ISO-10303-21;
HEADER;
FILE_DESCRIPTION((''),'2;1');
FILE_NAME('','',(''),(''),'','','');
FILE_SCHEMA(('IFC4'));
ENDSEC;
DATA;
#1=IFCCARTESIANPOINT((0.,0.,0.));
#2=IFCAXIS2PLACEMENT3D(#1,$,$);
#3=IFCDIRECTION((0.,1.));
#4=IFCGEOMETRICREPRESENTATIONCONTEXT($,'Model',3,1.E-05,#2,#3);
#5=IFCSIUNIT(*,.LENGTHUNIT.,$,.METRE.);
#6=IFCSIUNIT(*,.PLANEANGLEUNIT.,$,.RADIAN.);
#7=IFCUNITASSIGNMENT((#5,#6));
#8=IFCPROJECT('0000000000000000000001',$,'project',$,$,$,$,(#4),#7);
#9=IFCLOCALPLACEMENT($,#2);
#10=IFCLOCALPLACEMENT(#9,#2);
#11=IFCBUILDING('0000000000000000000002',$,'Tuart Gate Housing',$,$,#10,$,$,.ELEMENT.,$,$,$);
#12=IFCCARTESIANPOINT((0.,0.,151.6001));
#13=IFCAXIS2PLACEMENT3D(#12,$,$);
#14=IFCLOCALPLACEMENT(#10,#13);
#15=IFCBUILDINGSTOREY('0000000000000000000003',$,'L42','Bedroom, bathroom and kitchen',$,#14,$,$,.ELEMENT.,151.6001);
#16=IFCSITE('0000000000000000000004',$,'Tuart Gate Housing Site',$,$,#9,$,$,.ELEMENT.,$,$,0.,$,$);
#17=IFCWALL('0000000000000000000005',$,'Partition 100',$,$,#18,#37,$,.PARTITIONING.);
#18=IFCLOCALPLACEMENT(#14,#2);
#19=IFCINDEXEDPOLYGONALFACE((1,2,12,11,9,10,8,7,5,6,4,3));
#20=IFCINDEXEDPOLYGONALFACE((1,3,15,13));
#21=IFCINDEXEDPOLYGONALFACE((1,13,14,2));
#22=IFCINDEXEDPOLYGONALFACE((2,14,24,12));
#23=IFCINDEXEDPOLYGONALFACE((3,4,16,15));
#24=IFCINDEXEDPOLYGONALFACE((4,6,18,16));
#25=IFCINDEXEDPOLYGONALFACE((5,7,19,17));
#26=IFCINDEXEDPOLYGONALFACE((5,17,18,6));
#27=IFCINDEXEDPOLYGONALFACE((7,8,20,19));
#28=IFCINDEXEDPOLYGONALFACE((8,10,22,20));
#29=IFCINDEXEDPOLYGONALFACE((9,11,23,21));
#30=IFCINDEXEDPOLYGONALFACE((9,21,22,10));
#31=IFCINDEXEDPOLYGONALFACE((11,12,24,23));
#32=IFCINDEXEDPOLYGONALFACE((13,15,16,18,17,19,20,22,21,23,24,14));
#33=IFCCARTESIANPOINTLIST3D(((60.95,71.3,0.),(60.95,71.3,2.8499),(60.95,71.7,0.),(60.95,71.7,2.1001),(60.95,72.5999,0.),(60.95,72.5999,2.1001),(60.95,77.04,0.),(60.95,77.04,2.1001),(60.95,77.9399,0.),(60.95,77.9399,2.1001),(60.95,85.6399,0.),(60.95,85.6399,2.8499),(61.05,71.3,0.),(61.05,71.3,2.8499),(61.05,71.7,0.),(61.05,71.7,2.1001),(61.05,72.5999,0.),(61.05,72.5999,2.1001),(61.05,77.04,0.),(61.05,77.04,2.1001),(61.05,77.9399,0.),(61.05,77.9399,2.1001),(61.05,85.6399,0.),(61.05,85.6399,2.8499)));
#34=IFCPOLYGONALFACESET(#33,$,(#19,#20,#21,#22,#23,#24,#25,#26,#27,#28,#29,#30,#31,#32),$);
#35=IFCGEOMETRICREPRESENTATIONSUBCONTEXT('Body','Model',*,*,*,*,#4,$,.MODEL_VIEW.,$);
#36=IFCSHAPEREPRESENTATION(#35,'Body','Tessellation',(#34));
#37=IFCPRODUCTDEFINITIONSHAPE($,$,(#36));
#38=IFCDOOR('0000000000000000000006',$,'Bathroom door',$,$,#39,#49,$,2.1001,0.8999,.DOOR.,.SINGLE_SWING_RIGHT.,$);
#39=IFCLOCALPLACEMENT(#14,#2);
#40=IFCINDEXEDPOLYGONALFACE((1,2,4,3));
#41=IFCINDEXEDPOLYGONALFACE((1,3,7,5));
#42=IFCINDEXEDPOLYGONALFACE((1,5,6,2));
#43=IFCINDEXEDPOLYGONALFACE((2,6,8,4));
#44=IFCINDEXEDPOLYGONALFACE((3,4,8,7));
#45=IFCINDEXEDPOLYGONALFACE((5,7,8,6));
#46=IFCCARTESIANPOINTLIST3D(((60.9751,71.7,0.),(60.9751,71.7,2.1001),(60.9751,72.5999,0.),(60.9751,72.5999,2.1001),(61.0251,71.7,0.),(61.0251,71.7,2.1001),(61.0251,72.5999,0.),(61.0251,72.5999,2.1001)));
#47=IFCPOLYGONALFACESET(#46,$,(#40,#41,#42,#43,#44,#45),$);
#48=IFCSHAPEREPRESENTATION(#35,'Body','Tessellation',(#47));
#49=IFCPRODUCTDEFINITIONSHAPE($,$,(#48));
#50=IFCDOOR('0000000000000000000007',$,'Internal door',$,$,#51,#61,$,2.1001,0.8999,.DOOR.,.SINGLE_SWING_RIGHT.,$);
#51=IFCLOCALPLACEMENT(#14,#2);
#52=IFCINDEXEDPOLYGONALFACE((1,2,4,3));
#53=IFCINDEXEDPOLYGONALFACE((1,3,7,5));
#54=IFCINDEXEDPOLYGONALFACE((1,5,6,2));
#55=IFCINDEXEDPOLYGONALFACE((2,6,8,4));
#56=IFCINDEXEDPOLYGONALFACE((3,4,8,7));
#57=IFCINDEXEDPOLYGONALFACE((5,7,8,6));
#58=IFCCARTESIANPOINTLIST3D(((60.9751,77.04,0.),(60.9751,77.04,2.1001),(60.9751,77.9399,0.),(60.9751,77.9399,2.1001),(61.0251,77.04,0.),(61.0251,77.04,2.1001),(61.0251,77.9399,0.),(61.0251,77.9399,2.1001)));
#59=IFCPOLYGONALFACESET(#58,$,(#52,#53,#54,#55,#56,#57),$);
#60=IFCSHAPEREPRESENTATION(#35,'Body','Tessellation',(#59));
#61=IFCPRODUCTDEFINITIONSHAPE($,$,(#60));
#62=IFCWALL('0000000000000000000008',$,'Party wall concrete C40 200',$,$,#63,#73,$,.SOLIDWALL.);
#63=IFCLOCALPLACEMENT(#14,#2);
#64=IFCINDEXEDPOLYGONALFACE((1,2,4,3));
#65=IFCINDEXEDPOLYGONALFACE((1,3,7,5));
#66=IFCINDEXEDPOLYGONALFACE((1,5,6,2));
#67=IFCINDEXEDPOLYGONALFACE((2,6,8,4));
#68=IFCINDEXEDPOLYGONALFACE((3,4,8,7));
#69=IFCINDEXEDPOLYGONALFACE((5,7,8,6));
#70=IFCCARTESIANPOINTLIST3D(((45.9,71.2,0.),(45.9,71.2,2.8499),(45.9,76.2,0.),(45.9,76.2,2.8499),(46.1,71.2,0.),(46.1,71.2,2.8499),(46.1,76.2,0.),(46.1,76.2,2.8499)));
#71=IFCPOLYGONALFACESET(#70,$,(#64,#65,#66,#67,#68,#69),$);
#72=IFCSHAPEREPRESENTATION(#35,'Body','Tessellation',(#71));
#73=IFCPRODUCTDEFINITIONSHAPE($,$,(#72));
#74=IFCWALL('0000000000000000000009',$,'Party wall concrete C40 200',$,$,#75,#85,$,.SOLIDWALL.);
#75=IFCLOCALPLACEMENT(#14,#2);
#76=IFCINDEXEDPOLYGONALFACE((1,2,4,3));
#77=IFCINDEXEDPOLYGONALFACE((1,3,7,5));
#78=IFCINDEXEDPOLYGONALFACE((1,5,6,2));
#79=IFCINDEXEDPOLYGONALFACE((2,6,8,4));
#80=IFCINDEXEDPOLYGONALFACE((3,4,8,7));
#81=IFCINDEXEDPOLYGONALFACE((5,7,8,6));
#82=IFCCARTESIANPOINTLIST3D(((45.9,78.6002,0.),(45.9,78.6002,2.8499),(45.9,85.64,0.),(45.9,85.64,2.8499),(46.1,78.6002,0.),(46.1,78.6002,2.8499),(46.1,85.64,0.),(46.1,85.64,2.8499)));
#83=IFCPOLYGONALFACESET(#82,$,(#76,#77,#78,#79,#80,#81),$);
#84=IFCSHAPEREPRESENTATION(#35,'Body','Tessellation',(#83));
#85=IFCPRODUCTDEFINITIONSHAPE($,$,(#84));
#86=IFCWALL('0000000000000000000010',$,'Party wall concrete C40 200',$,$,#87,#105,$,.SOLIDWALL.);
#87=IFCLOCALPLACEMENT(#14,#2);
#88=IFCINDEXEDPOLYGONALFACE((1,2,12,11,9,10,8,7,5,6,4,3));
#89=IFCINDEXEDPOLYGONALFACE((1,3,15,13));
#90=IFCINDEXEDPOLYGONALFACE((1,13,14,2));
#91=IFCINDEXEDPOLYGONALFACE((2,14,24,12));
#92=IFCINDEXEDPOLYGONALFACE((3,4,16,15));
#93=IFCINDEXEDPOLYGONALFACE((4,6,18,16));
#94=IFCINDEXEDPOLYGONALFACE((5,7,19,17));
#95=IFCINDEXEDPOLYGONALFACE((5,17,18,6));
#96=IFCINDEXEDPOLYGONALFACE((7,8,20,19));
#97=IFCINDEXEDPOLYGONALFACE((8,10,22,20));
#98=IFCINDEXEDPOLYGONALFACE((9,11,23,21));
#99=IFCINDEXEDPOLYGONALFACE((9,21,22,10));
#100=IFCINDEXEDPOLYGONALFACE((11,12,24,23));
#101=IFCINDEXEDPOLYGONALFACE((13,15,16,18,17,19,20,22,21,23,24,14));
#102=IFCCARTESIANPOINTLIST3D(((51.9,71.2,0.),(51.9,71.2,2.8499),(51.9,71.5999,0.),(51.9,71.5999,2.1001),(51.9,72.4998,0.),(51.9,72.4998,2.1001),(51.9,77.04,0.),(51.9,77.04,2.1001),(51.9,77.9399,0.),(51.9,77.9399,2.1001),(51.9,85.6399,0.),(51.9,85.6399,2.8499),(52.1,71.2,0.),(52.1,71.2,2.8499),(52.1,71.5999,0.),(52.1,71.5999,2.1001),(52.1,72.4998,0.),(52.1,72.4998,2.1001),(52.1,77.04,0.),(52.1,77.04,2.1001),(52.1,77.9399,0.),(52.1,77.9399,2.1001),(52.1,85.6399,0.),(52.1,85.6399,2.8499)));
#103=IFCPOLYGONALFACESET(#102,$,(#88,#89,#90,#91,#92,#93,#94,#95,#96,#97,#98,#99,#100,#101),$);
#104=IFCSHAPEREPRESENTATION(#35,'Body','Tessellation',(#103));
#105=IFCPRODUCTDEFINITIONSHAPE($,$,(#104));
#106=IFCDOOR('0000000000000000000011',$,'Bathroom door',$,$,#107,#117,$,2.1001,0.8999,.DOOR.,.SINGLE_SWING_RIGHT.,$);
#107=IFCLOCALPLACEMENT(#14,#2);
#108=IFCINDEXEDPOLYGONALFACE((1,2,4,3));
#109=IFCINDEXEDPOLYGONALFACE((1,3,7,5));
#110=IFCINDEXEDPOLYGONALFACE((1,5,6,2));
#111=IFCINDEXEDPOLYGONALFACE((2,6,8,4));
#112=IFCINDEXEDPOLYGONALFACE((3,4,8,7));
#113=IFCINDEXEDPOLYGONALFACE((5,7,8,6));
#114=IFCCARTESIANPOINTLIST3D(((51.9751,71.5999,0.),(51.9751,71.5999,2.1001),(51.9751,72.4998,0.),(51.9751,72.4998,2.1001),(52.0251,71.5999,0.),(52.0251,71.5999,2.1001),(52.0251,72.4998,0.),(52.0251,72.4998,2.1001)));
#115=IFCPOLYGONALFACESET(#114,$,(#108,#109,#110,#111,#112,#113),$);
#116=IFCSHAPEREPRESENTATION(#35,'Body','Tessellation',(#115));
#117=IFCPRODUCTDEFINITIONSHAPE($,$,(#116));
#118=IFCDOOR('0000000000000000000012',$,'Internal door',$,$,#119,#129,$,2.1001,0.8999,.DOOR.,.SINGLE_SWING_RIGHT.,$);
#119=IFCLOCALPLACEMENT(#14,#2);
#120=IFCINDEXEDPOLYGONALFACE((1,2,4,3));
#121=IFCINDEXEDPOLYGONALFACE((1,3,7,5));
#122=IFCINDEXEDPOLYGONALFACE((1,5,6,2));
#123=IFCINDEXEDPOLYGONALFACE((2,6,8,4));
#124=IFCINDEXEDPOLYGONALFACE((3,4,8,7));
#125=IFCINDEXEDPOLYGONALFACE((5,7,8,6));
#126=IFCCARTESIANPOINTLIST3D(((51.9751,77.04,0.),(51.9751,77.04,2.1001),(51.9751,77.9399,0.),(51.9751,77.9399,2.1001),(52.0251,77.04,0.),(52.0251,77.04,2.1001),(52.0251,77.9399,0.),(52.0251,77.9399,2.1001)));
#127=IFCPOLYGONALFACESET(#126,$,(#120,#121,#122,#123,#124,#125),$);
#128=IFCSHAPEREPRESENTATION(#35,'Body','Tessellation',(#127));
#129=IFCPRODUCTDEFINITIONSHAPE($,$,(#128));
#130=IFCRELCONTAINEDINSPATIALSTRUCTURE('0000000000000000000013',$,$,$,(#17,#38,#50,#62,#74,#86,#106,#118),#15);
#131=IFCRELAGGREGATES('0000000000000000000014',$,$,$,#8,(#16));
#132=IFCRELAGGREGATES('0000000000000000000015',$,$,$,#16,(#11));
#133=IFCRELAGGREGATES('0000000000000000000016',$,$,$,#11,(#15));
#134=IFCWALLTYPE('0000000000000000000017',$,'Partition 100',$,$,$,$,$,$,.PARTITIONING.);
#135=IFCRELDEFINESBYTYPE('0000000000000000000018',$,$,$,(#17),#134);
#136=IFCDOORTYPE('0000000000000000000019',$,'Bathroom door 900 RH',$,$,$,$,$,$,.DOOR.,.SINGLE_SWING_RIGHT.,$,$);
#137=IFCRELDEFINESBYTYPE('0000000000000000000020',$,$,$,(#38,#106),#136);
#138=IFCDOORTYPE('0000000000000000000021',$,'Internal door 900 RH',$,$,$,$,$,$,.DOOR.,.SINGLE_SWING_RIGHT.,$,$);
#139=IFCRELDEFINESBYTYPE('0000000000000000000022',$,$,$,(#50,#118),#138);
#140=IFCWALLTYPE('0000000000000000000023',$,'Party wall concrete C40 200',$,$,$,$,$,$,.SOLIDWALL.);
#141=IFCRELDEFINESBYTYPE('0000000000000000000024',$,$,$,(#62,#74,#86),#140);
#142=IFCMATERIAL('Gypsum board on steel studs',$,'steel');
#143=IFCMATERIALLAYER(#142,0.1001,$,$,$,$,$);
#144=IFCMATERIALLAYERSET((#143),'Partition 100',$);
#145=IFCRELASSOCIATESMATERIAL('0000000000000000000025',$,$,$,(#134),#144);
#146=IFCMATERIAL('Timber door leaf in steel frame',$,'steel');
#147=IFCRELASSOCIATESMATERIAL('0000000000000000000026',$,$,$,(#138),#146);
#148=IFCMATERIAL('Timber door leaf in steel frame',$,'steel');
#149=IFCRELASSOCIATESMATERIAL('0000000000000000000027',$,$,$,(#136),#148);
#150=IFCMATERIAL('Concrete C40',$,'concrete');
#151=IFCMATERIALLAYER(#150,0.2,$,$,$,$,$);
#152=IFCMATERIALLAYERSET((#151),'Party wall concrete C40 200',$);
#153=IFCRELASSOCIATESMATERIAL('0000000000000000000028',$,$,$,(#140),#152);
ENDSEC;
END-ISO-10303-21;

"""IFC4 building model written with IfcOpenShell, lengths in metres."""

from ifc_helpers import new_model, si_unit, direction, frame, frame_2d, origin, place, context, subcontext, project, spatial, rectangle, extrude, material, layer, layer_set, type_object, element, fill, save


model = new_model("IFC4")

# Units and contexts
model_context = context("Model", 3, precision=1e-05, world=origin(), true_north=direction((0.0, 1.0)))
body_context = subcontext(model_context, "Body", "Model", "MODEL_VIEW")
ifc_project = project(units=[si_unit("LENGTHUNIT", "METRE"), si_unit("PLANEANGLEUNIT", "RADIAN")], contexts=[model_context])

# Site, building, storey
site_placement = place(None, origin())
site = spatial("IfcSite", under=ifc_project, at=site_placement, Name="Tuart Gate Housing Site", CompositionType="ELEMENT", RefElevation=0.0)
building_placement = place(site_placement, origin())
building = spatial("IfcBuilding", under=site, at=building_placement, Name="Tuart Gate Housing", CompositionType="ELEMENT")
storey_placement = place(building_placement, frame((0.0, 0.0, 151.6001)))
storey = spatial("IfcBuildingStorey", under=building, at=storey_placement, Name="L42", Description="Bedroom, bathroom and kitchen", CompositionType="ELEMENT", Elevation=151.6001)

# Shared definitions
ifc_material_1 = material(Name="Gypsum board on steel studs", Category="steel")
ifc_layer_1 = layer(ifc_material_1, 0.1001)
ifc_layer_set_1 = layer_set([ifc_layer_1], Name="Partition 100")
wall_type_1 = type_object("IfcWallType", Name="Partition 100", PredefinedType="PARTITIONING", material=ifc_layer_set_1)

# Shared definitions
ifc_material_2 = material(Name="Timber door leaf in steel frame", Category="steel")
door_type_1 = type_object("IfcDoorType", Name="Internal door 900 RH", OperationType="SINGLE_SWING_RIGHT", PredefinedType="DOOR", material=ifc_material_2)

# Wall, openings, doors
wall_1_placement = place(storey_placement, frame((61.0, 71.3, 0.0), z_axis=(0.0, 0.0, 1.0), x_axis=(0.0, 1.0, 0.0)))
wall_1 = element("IfcWall", 1, at=wall_1_placement, inside=storey, type_object=wall_type_1, Name="Partition 100", PredefinedType="PARTITIONING", context=body_context, shape_type="SweptSolid", body=[
    extrude(rectangle(XDim=14.3398, YDim=0.1001, at=frame_2d((7.1699, 0.0))), origin(), (0.0, 0.0, 1.0), 2.8499),
])
opening_1_placement = place(wall_1_placement, frame((5.74, 0.0, 0.0)))
opening_1 = element("IfcOpeningElement", 2, at=opening_1_placement, cuts=wall_1, PredefinedType="OPENING", context=body_context, shape_type="SweptSolid", body=[
    extrude(rectangle(XDim=0.8999, YDim=2.1001, at=frame_2d((0.45, 1.05))), frame((0.0, 0.0601, 0.0), z_axis=(0.0, -1.0, 0.0), x_axis=(1.0, 0.0, 0.0)), (0.0, 0.0, 1.0), 0.1201),
])
opening_2_placement = place(wall_1_placement, frame((0.3999, 0.0, 0.0)))
opening_2 = element("IfcOpeningElement", 3, at=opening_2_placement, cuts=wall_1, PredefinedType="OPENING", context=body_context, shape_type="SweptSolid", body=[
    extrude(rectangle(XDim=0.8999, YDim=2.1001, at=frame_2d((0.45, 1.05))), frame((0.0, 0.0601, 0.0), z_axis=(0.0, -1.0, 0.0), x_axis=(1.0, 0.0, 0.0)), (0.0, 0.0, 1.0), 0.1201),
])
ifc_material_3 = material(Name="Timber door leaf in steel frame", Category="steel")
door_type_2 = type_object("IfcDoorType", Name="Bathroom door 900 RH", OperationType="SINGLE_SWING_RIGHT", PredefinedType="DOOR", material=ifc_material_3)
door_1_placement = place(opening_2_placement, frame((0.8999, 0.0, 0.0), z_axis=(0.0, 0.0, 1.0), x_axis=(-1.0, 0.0, 0.0)))
door_1 = element("IfcDoor", 4, at=door_1_placement, inside=storey, type_object=door_type_2, Name="Bathroom door", OperationType="SINGLE_SWING_RIGHT", OverallHeight=2.1001, OverallWidth=0.8999, PredefinedType="DOOR", context=body_context, shape_type="SweptSolid", body=[
    extrude(rectangle(XDim=0.8999, YDim=2.1001, at=frame_2d((0.45, 1.05))), frame((0.0, 0.0251, 0.0), z_axis=(0.0, -1.0, 0.0), x_axis=(1.0, 0.0, 0.0)), (0.0, 0.0, 1.0), 0.05),
])
fill(opening_2, door_1)
door_2_placement = place(opening_1_placement, frame((0.8999, 0.0, 0.0), z_axis=(0.0, 0.0, 1.0), x_axis=(-1.0, 0.0, 0.0)))
door_2 = element("IfcDoor", 5, at=door_2_placement, inside=storey, type_object=door_type_1, Name="Internal door", OperationType="SINGLE_SWING_RIGHT", OverallHeight=2.1001, OverallWidth=0.8999, PredefinedType="DOOR", context=body_context, shape_type="SweptSolid", body=[
    extrude(rectangle(XDim=0.8999, YDim=2.1001, at=frame_2d((0.45, 1.05))), frame((0.0, 0.0251, 0.0), z_axis=(0.0, -1.0, 0.0), x_axis=(1.0, 0.0, 0.0)), (0.0, 0.0, 1.0), 0.05),
])
fill(opening_1, door_2)

# Walls
ifc_material_4 = material(Name="Concrete C40", Category="concrete")
ifc_layer_2 = layer(ifc_material_4, 0.2)
ifc_layer_set_2 = layer_set([ifc_layer_2], Name="Party wall concrete C40 200")
wall_type_2 = type_object("IfcWallType", Name="Party wall concrete C40 200", PredefinedType="SOLIDWALL", material=ifc_layer_set_2)
wall_2_placement = place(storey_placement, frame((46.0, 71.2, 0.0), z_axis=(0.0, 0.0, 1.0), x_axis=(0.0, 1.0, 0.0)))
element("IfcWall", 6, at=wall_2_placement, inside=storey, type_object=wall_type_2, Name="Party wall concrete C40 200", PredefinedType="SOLIDWALL", context=body_context, shape_type="SweptSolid", body=[
    extrude(rectangle(XDim=5.0, YDim=0.2, at=frame_2d((2.5, 0.0))), origin(), (0.0, 0.0, 1.0), 2.8499),
])
wall_3_placement = place(storey_placement, frame((46.0, 78.6001, 0.0), z_axis=(0.0, 0.0, 1.0), x_axis=(0.0, 1.0, 0.0)))
element("IfcWall", 7, at=wall_3_placement, inside=storey, type_object=wall_type_2, Name="Party wall concrete C40 200", PredefinedType="SOLIDWALL", context=body_context, shape_type="SweptSolid", body=[
    extrude(rectangle(XDim=7.0398, YDim=0.2, at=frame_2d((3.52, 0.0))), origin(), (0.0, 0.0, 1.0), 2.8499),
])

# Wall, openings, doors
wall_4_placement = place(storey_placement, frame((52.0, 71.2, 0.0), z_axis=(0.0, 0.0, 1.0), x_axis=(0.0, 1.0, 0.0)))
wall_4 = element("IfcWall", 8, at=wall_4_placement, inside=storey, type_object=wall_type_2, Name="Party wall concrete C40 200", PredefinedType="SOLIDWALL", context=body_context, shape_type="SweptSolid", body=[
    extrude(rectangle(XDim=14.4399, YDim=0.2, at=frame_2d((7.22, 0.0))), origin(), (0.0, 0.0, 1.0), 2.8499),
])
opening_3_placement = place(wall_4_placement, frame((5.8401, 0.0, 0.0)))
opening_3 = element("IfcOpeningElement", 9, at=opening_3_placement, cuts=wall_4, PredefinedType="OPENING", context=body_context, shape_type="SweptSolid", body=[
    extrude(rectangle(XDim=0.8999, YDim=2.1001, at=frame_2d((0.45, 1.05))), frame((0.0, 0.1099, 0.0), z_axis=(0.0, -1.0, 0.0), x_axis=(1.0, 0.0, 0.0)), (0.0, 0.0, 1.0), 0.22),
])
opening_4_placement = place(wall_4_placement, frame((0.3999, 0.0, 0.0)))
opening_4 = element("IfcOpeningElement", 10, at=opening_4_placement, cuts=wall_4, PredefinedType="OPENING", context=body_context, shape_type="SweptSolid", body=[
    extrude(rectangle(XDim=0.8999, YDim=2.1001, at=frame_2d((0.45, 1.05))), frame((0.0, 0.1099, 0.0), z_axis=(0.0, -1.0, 0.0), x_axis=(1.0, 0.0, 0.0)), (0.0, 0.0, 1.0), 0.22),
])
door_3_placement = place(opening_4_placement, frame((0.8999, 0.0, 0.0), z_axis=(0.0, 0.0, 1.0), x_axis=(-1.0, 0.0, 0.0)))
door_3 = element("IfcDoor", 11, at=door_3_placement, inside=storey, type_object=door_type_2, Name="Bathroom door", OperationType="SINGLE_SWING_RIGHT", OverallHeight=2.1001, OverallWidth=0.8999, PredefinedType="DOOR", context=body_context, shape_type="SweptSolid", body=[
    extrude(rectangle(XDim=0.8999, YDim=2.1001, at=frame_2d((0.45, 1.05))), frame((0.0, 0.0251, 0.0), z_axis=(0.0, -1.0, 0.0), x_axis=(1.0, 0.0, 0.0)), (0.0, 0.0, 1.0), 0.05),
])
fill(opening_4, door_3)
door_4_placement = place(opening_3_placement, frame((0.8999, 0.0, 0.0), z_axis=(0.0, 0.0, 1.0), x_axis=(-1.0, 0.0, 0.0)))
door_4 = element("IfcDoor", 12, at=door_4_placement, inside=storey, type_object=door_type_1, Name="Internal door", OperationType="SINGLE_SWING_RIGHT", OverallHeight=2.1001, OverallWidth=0.8999, PredefinedType="DOOR", context=body_context, shape_type="SweptSolid", body=[
    extrude(rectangle(XDim=0.8999, YDim=2.1001, at=frame_2d((0.45, 1.05))), frame((0.0, 0.0251, 0.0), z_axis=(0.0, -1.0, 0.0), x_axis=(1.0, 0.0, 0.0)), (0.0, 0.0, 1.0), 0.05),
])
fill(opening_3, door_4)

save(model, "model.ifc")
